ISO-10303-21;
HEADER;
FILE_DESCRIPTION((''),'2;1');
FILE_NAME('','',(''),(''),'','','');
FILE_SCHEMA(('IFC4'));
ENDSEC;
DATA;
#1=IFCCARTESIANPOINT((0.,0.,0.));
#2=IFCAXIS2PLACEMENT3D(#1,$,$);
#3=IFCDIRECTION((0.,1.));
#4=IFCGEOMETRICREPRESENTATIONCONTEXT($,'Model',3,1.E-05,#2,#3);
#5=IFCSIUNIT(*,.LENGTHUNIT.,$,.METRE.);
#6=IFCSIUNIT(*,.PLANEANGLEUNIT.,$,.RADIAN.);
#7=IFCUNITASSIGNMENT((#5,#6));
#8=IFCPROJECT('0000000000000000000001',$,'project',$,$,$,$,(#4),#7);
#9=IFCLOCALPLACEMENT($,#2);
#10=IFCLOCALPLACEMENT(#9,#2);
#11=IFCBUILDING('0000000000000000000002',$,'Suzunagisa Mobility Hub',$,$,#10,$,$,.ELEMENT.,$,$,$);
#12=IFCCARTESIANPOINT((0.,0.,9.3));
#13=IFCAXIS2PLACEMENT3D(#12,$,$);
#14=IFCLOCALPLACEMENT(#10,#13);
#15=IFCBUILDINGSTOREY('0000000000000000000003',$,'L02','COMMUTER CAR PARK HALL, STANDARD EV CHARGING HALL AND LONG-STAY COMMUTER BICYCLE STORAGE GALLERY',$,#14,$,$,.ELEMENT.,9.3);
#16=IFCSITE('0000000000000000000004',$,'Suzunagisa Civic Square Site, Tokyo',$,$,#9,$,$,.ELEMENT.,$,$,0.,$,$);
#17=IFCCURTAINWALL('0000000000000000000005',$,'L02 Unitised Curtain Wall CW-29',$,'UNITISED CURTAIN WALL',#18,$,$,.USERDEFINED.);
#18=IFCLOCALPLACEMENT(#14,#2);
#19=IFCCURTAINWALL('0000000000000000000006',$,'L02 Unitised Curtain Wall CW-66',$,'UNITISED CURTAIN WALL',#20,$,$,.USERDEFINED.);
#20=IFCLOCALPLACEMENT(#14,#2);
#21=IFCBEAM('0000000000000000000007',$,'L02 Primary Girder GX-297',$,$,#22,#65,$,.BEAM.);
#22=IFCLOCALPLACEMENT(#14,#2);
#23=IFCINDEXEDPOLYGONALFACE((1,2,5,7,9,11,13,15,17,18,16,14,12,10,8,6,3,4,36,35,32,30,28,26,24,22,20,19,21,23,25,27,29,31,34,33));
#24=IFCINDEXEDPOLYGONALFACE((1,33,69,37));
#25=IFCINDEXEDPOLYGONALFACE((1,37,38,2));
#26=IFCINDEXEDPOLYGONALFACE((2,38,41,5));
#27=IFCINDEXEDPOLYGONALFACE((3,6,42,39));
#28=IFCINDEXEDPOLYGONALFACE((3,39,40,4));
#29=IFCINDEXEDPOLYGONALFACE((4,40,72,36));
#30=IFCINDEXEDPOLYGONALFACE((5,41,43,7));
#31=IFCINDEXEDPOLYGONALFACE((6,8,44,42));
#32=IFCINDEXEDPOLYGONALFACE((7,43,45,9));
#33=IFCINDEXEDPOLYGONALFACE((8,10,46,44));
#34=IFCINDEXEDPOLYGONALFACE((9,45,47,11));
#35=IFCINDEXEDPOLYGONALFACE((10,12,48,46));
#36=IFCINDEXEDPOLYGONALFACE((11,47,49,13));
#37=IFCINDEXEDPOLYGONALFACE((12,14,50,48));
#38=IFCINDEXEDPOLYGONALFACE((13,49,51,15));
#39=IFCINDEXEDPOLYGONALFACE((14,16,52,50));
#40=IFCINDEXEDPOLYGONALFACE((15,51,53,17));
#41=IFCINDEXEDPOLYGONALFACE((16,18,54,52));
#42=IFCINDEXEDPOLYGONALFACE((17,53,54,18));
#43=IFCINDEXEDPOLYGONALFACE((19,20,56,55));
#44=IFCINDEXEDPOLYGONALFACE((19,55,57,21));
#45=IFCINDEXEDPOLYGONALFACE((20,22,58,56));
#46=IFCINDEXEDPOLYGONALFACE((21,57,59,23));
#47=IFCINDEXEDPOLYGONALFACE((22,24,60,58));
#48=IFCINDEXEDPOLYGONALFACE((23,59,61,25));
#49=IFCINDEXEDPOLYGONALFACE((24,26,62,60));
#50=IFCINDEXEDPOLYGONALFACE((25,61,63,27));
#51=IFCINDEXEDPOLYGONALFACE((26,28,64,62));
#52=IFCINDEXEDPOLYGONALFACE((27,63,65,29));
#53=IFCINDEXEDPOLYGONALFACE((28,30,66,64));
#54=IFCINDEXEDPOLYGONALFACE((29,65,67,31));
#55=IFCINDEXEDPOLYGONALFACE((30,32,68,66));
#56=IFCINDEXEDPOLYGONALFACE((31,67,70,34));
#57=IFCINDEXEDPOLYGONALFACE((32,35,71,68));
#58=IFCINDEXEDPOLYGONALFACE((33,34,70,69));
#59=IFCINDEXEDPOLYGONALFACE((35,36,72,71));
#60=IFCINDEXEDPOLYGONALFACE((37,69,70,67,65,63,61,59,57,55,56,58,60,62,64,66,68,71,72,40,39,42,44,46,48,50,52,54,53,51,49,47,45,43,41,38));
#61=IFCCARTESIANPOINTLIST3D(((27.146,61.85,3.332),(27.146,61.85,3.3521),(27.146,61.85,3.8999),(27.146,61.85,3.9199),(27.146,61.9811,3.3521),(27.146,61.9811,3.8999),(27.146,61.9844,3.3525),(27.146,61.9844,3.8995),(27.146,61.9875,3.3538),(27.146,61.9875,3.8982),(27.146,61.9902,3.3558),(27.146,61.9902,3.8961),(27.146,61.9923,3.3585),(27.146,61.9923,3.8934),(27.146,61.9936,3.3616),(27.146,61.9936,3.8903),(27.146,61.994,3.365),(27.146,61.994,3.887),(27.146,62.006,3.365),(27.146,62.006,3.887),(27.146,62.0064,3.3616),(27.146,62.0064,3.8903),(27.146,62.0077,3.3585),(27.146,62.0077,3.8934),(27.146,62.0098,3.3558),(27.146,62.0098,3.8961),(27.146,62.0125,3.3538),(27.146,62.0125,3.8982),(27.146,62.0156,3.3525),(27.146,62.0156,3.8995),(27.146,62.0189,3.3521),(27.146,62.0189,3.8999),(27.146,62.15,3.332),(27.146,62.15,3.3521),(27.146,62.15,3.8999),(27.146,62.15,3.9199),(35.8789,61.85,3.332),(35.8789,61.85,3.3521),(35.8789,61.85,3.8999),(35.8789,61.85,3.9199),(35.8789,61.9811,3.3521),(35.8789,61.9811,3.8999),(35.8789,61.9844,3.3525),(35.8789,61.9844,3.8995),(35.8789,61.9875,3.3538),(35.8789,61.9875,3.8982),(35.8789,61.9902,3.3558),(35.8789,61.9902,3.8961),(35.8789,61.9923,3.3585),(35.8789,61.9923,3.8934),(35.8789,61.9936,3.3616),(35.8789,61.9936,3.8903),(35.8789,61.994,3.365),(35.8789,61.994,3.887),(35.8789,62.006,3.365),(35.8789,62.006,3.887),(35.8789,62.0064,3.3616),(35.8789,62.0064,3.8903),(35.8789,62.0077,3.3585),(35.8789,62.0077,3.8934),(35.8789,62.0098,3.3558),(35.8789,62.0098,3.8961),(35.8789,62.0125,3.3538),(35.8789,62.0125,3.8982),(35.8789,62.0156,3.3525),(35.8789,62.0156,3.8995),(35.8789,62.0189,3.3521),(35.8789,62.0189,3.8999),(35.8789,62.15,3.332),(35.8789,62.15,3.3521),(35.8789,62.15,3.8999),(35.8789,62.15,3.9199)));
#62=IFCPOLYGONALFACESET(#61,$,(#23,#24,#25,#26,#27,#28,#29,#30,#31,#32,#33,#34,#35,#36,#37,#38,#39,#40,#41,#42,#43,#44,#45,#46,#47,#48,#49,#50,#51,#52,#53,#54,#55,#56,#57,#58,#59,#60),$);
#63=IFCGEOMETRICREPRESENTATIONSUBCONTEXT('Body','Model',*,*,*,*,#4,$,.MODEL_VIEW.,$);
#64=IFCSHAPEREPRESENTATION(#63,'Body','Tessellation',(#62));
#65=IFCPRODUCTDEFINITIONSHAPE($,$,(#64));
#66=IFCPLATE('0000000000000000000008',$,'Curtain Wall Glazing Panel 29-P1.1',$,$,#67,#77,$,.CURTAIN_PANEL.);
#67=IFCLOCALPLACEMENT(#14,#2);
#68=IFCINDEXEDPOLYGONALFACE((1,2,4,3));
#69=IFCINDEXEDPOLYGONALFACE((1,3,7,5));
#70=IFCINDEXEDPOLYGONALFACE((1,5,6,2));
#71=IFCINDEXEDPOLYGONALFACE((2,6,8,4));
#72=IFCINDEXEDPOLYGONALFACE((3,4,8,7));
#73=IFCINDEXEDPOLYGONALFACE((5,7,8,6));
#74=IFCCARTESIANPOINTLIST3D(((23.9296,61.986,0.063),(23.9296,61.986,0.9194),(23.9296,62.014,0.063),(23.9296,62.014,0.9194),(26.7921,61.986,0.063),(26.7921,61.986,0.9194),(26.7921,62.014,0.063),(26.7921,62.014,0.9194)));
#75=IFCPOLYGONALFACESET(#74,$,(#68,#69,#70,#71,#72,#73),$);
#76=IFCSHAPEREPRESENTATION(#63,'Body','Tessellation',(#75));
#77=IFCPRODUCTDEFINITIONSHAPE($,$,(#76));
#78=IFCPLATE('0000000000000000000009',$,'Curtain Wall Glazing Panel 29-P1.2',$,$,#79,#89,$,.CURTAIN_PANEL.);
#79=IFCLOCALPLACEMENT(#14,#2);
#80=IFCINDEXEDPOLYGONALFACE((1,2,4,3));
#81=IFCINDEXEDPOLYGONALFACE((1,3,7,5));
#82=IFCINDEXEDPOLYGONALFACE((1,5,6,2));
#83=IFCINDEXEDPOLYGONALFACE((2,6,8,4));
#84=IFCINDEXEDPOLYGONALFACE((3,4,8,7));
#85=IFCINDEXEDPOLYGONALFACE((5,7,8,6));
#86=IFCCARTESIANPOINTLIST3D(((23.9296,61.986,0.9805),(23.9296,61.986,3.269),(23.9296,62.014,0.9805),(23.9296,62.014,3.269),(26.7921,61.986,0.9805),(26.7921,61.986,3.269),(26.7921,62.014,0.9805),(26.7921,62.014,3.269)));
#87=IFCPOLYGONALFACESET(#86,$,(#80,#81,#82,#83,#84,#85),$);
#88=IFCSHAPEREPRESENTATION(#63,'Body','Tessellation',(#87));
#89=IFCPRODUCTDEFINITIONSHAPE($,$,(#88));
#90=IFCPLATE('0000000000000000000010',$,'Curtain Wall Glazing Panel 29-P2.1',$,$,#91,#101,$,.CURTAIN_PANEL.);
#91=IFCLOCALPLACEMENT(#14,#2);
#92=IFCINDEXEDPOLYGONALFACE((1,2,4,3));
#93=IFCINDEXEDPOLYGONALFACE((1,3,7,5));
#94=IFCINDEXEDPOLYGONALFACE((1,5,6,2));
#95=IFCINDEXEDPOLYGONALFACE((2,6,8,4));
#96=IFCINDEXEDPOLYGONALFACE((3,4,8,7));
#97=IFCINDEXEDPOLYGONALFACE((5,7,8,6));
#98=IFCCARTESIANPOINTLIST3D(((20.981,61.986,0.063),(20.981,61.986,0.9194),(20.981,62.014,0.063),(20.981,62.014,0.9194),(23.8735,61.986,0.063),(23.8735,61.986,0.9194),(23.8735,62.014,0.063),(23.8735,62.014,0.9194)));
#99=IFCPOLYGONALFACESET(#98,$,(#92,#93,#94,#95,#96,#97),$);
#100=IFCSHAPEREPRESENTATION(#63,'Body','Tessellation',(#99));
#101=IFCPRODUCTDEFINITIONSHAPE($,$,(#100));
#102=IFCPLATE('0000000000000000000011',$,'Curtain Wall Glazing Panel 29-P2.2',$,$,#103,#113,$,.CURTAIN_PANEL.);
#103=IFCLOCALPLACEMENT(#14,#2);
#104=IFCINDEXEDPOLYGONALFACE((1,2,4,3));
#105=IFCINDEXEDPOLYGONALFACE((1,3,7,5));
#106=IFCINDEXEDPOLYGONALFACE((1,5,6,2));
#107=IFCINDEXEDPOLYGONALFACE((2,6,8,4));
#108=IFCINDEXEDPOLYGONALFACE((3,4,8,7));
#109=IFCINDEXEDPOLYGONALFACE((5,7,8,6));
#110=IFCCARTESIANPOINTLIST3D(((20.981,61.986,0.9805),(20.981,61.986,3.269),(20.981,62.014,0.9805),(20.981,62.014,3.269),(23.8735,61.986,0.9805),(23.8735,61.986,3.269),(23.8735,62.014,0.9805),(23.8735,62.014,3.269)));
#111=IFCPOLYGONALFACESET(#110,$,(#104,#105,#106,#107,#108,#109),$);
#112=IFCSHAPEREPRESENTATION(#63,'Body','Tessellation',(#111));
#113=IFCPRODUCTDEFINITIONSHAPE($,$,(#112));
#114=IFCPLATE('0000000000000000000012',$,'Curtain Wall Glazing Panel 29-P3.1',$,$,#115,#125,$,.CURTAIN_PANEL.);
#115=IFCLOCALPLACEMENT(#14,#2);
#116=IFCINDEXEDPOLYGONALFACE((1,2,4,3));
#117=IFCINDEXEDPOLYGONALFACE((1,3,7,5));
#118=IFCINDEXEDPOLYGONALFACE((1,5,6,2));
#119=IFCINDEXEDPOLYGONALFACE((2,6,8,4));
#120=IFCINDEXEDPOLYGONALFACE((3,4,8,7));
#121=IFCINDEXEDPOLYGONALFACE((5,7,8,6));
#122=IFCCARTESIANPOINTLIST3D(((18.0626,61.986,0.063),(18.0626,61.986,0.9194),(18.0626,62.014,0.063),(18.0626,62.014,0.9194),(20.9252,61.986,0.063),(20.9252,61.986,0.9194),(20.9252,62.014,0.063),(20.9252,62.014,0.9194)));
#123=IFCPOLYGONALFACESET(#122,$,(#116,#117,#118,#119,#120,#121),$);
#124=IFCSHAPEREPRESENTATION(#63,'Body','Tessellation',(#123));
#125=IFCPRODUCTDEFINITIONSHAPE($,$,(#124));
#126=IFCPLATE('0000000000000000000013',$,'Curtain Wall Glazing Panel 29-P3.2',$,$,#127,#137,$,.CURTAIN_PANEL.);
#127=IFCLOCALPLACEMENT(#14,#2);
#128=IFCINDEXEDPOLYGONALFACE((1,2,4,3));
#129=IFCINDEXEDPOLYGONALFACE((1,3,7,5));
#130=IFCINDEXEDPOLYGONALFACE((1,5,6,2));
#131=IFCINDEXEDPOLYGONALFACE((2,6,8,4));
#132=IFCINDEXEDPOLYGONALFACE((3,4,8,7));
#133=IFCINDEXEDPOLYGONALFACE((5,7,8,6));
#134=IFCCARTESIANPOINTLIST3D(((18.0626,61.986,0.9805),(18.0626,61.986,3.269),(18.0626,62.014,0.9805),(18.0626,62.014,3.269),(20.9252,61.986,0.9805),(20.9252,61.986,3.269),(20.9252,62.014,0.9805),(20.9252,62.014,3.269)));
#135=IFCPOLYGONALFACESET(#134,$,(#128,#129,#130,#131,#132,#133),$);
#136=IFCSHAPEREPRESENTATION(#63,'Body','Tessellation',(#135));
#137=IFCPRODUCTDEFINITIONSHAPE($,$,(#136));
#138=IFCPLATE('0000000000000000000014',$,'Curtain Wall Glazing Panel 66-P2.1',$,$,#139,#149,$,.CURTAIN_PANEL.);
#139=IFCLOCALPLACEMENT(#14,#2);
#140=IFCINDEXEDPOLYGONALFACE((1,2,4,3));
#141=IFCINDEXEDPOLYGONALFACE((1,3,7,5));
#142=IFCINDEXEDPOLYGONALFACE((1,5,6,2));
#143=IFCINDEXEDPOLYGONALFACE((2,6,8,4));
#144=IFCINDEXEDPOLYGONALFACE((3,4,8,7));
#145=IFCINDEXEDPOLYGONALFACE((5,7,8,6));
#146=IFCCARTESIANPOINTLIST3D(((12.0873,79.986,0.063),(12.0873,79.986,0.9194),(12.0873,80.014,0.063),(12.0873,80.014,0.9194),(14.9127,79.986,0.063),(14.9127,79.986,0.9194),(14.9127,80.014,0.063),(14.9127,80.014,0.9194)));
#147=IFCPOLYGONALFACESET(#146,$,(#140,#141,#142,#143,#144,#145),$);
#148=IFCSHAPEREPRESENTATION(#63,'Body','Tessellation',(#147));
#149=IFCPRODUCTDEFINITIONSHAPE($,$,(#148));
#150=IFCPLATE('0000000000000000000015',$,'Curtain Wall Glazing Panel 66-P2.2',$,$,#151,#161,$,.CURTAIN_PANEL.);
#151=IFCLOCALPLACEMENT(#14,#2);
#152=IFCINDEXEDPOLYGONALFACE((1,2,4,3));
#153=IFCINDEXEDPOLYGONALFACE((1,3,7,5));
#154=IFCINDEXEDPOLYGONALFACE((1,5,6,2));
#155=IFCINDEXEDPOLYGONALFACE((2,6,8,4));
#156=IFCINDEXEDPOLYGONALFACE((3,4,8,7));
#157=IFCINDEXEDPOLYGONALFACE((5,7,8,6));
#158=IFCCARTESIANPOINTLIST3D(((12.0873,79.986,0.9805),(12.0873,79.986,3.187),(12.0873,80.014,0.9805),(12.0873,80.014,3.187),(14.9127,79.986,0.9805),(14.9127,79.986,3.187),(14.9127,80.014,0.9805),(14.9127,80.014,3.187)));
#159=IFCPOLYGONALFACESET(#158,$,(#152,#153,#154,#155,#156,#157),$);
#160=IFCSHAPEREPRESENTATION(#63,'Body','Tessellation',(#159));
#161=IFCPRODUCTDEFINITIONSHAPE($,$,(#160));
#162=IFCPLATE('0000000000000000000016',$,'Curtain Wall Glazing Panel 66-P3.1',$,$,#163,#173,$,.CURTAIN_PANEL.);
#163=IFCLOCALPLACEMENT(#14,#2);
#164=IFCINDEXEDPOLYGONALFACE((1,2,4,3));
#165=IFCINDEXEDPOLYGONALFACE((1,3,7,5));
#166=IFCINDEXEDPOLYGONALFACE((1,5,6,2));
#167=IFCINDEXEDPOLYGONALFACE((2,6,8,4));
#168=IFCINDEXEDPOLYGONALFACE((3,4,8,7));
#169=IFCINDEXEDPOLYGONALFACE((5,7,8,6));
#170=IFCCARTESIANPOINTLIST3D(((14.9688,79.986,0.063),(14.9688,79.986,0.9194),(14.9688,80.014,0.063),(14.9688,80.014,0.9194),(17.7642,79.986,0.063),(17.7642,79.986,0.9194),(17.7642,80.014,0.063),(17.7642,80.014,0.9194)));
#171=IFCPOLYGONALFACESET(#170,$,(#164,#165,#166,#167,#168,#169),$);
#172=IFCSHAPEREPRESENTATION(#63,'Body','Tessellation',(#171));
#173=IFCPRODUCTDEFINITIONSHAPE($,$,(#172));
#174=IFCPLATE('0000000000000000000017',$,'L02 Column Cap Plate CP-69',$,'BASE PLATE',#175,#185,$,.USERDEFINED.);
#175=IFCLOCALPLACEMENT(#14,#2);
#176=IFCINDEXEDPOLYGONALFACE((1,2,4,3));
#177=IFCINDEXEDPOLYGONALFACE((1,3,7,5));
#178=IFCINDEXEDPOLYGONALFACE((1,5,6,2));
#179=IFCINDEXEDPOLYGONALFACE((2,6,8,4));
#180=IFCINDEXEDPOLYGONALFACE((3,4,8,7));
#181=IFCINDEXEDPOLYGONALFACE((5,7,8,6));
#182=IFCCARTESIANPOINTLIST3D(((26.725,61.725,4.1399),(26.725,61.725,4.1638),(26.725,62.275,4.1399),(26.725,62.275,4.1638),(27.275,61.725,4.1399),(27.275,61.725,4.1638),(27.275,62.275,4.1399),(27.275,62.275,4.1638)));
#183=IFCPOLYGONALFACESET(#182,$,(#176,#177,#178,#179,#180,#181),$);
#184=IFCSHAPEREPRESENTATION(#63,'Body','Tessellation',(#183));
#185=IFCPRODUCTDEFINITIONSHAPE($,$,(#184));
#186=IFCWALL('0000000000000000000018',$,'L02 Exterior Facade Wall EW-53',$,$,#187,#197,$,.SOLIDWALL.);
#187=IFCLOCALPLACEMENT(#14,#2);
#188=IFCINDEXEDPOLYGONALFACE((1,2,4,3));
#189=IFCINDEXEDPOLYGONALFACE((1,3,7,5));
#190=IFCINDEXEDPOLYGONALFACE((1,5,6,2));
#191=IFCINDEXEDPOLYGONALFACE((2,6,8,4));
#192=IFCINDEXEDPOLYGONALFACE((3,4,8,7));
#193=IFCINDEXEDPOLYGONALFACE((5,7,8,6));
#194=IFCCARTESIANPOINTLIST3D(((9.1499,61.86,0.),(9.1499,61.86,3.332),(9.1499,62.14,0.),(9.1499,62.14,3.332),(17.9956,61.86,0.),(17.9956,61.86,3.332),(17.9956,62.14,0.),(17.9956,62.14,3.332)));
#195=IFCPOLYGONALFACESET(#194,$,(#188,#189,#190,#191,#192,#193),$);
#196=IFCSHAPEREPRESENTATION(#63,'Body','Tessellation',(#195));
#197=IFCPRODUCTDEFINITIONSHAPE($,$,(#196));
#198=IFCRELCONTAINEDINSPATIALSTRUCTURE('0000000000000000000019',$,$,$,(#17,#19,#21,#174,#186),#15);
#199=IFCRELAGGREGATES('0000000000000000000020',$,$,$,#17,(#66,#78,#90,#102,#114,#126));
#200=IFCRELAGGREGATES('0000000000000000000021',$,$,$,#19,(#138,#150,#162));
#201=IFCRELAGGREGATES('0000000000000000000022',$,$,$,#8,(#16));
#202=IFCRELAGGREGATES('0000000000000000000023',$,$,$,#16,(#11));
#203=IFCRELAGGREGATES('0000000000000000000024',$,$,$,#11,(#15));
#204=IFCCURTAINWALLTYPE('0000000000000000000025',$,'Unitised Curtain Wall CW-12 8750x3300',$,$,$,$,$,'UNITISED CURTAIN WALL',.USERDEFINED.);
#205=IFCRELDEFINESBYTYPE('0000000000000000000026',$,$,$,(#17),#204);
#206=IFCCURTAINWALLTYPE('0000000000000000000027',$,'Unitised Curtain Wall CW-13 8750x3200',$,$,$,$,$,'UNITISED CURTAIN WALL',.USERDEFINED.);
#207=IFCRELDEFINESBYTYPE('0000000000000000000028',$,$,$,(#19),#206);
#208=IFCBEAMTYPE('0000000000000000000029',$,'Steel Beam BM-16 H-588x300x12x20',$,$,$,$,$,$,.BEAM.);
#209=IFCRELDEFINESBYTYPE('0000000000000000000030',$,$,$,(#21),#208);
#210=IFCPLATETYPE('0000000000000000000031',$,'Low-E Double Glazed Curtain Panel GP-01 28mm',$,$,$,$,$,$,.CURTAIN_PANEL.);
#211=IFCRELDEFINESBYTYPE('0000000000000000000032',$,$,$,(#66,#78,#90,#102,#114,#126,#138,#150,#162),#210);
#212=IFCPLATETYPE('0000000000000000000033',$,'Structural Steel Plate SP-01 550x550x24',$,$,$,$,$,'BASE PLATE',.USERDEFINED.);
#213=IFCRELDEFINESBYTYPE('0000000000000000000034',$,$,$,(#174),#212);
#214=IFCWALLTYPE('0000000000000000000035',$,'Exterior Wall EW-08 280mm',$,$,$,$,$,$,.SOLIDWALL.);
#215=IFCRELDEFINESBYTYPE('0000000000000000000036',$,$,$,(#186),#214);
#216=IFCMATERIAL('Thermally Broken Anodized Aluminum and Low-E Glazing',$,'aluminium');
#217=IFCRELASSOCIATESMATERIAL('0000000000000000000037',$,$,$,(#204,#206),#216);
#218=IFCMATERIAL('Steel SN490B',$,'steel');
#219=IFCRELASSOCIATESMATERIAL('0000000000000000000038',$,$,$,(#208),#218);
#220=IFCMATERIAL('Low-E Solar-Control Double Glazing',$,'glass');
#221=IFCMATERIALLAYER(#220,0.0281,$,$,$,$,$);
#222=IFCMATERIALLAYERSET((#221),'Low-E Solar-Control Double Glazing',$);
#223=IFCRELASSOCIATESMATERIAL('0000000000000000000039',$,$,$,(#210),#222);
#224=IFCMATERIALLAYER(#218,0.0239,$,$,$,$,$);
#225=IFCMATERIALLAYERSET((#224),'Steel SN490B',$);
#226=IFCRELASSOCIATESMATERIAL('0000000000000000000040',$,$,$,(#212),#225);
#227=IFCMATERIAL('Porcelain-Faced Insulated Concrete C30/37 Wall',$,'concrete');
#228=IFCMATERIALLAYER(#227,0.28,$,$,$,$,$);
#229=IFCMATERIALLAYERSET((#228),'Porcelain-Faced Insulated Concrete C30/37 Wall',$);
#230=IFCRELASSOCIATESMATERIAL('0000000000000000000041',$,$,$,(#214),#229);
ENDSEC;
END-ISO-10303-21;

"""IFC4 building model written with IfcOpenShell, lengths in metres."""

from ifc_helpers import new_model, si_unit, direction, frame, frame_2d, origin, origin_2d, place, context, subcontext, project, spatial, rectangle, i_section, extrude, material, layer, layer_set, material_profile, profile_set, type_object, element, aggregate, save


model = new_model("IFC4")

# Units and contexts
model_context = context("Model", 3, precision=1e-05, world=origin(), true_north=direction((0.0, 1.0)))
body_context = subcontext(model_context, "Body", "Model", "MODEL_VIEW")
ifc_project = project(units=[si_unit("LENGTHUNIT", "METRE"), si_unit("PLANEANGLEUNIT", "RADIAN")], contexts=[model_context])

# Site, building, storey
site_placement = place(None, origin())
site = spatial("IfcSite", under=ifc_project, at=site_placement, Name="Suzunagisa Civic Square Site, Tokyo", CompositionType="ELEMENT", RefElevation=0.0)
building_placement = place(site_placement, origin())
building = spatial("IfcBuilding", under=site, at=building_placement, Name="Suzunagisa Mobility Hub", CompositionType="ELEMENT")
storey_placement = place(building_placement, frame((0.0, 0.0, 9.3)))
storey = spatial("IfcBuildingStorey", under=building, at=storey_placement, Name="L02", Description="COMMUTER CAR PARK HALL, STANDARD EV CHARGING HALL AND LONG-STAY COMMUTER BICYCLE STORAGE GALLERY", CompositionType="ELEMENT", Elevation=9.3)

# Shared definitions
ifc_material_1 = material(Name="Steel SN490B", Category="steel")

# Curtain walls
ifc_material_2 = material(Name="Thermally Broken Anodized Aluminum and Low-E Glazing", Category="aluminium")
curtain_wall_type_1 = type_object("IfcCurtainWallType", Name="Unitised Curtain Wall CW-12 8750x3300", ElementType="UNITISED CURTAIN WALL", PredefinedType="USERDEFINED", material=ifc_material_2)
curtain_wall_1_placement = place(storey_placement, origin())
curtain_wall_1 = element("IfcCurtainWall", 1, at=curtain_wall_1_placement, inside=storey, type_object=curtain_wall_type_1, Name="L02 Unitised Curtain Wall CW-29", ObjectType="UNITISED CURTAIN WALL", PredefinedType="USERDEFINED")
curtain_wall_type_2 = type_object("IfcCurtainWallType", Name="Unitised Curtain Wall CW-13 8750x3200", ElementType="UNITISED CURTAIN WALL", PredefinedType="USERDEFINED", material=ifc_material_2)
curtain_wall_2_placement = place(storey_placement, origin())
curtain_wall_2 = element("IfcCurtainWall", 2, at=curtain_wall_2_placement, inside=storey, type_object=curtain_wall_type_2, Name="L02 Unitised Curtain Wall CW-66", ObjectType="UNITISED CURTAIN WALL", PredefinedType="USERDEFINED")

# Beam
ifc_material_profile_1 = material_profile(ifc_material_1, i_section(OverallWidth=0.3, OverallDepth=0.5879, WebThickness=0.012, FlangeThickness=0.02, FilletRadius=0.0129, at=origin_2d()), Name="H-588x300x12x20")
ifc_profile_set_1 = profile_set([ifc_material_profile_1], Name="Steel SN490B")
beam_type = type_object("IfcBeamType", Name="Steel Beam BM-16 H-588x300x12x20", PredefinedType="BEAM", material=ifc_profile_set_1)
for number, where, z_axis, x_axis, name in (
    (3, (27.146, 62.0, 3.626), (1.0, 0.0, 0.0), (0.0, 1.0, 0.0), "L02 Primary Girder GX-297"),
):
    element("IfcBeam", number, at=place(storey_placement, frame(where, z_axis=z_axis, x_axis=x_axis)), inside=storey, type_object=beam_type, Name=name, PredefinedType="BEAM", context=body_context, shape_type="SweptSolid", body=[
        extrude(i_section(OverallWidth=0.3, OverallDepth=0.5879, WebThickness=0.012, FlangeThickness=0.02, FilletRadius=0.0129, at=origin_2d()), origin(), (0.0, 0.0, 1.0), 8.7329),
    ])

# Plates
ifc_material_3 = material(Name="Low-E Solar-Control Double Glazing", Category="glass")
ifc_layer_1 = layer(ifc_material_3, 0.0281)
ifc_layer_set_1 = layer_set([ifc_layer_1], Name="Low-E Solar-Control Double Glazing")
plate_type_1 = type_object("IfcPlateType", Name="Low-E Double Glazed Curtain Panel GP-01 28mm", PredefinedType="CURTAIN_PANEL", material=ifc_layer_set_1)
plate_1_placement = place(storey_placement, frame((25.3608, 62.0, 0.063), z_axis=(0.0, 0.0, 1.0), x_axis=(-1.0, 0.0, 0.0)))
plate_1 = element("IfcPlate", 4, at=plate_1_placement, type_object=plate_type_1, Name="Curtain Wall Glazing Panel 29-P1.1", PredefinedType="CURTAIN_PANEL", context=body_context, shape_type="SweptSolid", body=[
    extrude(rectangle(XDim=2.8625, YDim=0.0281, at=origin_2d()), origin(), (0.0, 0.0, 1.0), 0.8564),
])
plate_2_placement = place(storey_placement, frame((25.3608, 62.0, 0.9805), z_axis=(0.0, 0.0, 1.0), x_axis=(-1.0, 0.0, 0.0)))
plate_2 = element("IfcPlate", 5, at=plate_2_placement, type_object=plate_type_1, Name="Curtain Wall Glazing Panel 29-P1.2", PredefinedType="CURTAIN_PANEL", context=body_context, shape_type="SweptSolid", body=[
    extrude(rectangle(XDim=2.8625, YDim=0.0281, at=origin_2d()), origin(), (0.0, 0.0, 1.0), 2.2886),
])
plate_3_placement = place(storey_placement, frame((22.4272, 62.0, 0.063), z_axis=(0.0, 0.0, 1.0), x_axis=(-1.0, 0.0, 0.0)))
plate_3 = element("IfcPlate", 6, at=plate_3_placement, type_object=plate_type_1, Name="Curtain Wall Glazing Panel 29-P2.1", PredefinedType="CURTAIN_PANEL", context=body_context, shape_type="SweptSolid", body=[
    extrude(rectangle(XDim=2.8926, YDim=0.0281, at=origin_2d()), origin(), (0.0, 0.0, 1.0), 0.8564),
])
plate_4_placement = place(storey_placement, frame((22.4272, 62.0, 0.9805), z_axis=(0.0, 0.0, 1.0), x_axis=(-1.0, 0.0, 0.0)))
plate_4 = element("IfcPlate", 7, at=plate_4_placement, type_object=plate_type_1, Name="Curtain Wall Glazing Panel 29-P2.2", PredefinedType="CURTAIN_PANEL", context=body_context, shape_type="SweptSolid", body=[
    extrude(rectangle(XDim=2.8926, YDim=0.0281, at=origin_2d()), origin(), (0.0, 0.0, 1.0), 2.2886),
])
plate_5_placement = place(storey_placement, frame((19.4939, 62.0, 0.063), z_axis=(0.0, 0.0, 1.0), x_axis=(-1.0, 0.0, 0.0)))
plate_5 = element("IfcPlate", 8, at=plate_5_placement, type_object=plate_type_1, Name="Curtain Wall Glazing Panel 29-P3.1", PredefinedType="CURTAIN_PANEL", context=body_context, shape_type="SweptSolid", body=[
    extrude(rectangle(XDim=2.8625, YDim=0.0281, at=origin_2d()), origin(), (0.0, 0.0, 1.0), 0.8564),
])
plate_6_placement = place(storey_placement, frame((19.4939, 62.0, 0.9805), z_axis=(0.0, 0.0, 1.0), x_axis=(-1.0, 0.0, 0.0)))
plate_6 = element("IfcPlate", 9, at=plate_6_placement, type_object=plate_type_1, Name="Curtain Wall Glazing Panel 29-P3.2", PredefinedType="CURTAIN_PANEL", context=body_context, shape_type="SweptSolid", body=[
    extrude(rectangle(XDim=2.8625, YDim=0.0281, at=origin_2d()), origin(), (0.0, 0.0, 1.0), 2.2886),
])
aggregate(curtain_wall_1, [plate_1, plate_2, plate_3, plate_4, plate_5, plate_6])
plate_7_placement = place(storey_placement, frame((13.5, 80.0, 0.063), z_axis=(0.0, 0.0, 1.0), x_axis=(1.0, 0.0, 0.0)))
plate_7 = element("IfcPlate", 10, at=plate_7_placement, type_object=plate_type_1, Name="Curtain Wall Glazing Panel 66-P2.1", PredefinedType="CURTAIN_PANEL", context=body_context, shape_type="SweptSolid", body=[
    extrude(rectangle(XDim=2.8254, YDim=0.0281, at=origin_2d()), origin(), (0.0, 0.0, 1.0), 0.8564),
])
plate_8_placement = place(storey_placement, frame((13.5, 80.0, 0.9805), z_axis=(0.0, 0.0, 1.0), x_axis=(1.0, 0.0, 0.0)))
plate_8 = element("IfcPlate", 11, at=plate_8_placement, type_object=plate_type_1, Name="Curtain Wall Glazing Panel 66-P2.2", PredefinedType="CURTAIN_PANEL", context=body_context, shape_type="SweptSolid", body=[
    extrude(rectangle(XDim=2.8254, YDim=0.0281, at=origin_2d()), origin(), (0.0, 0.0, 1.0), 2.2065),
])
plate_9_placement = place(storey_placement, frame((16.3665, 80.0, 0.063), z_axis=(0.0, 0.0, 1.0), x_axis=(1.0, 0.0, 0.0)))
plate_9 = element("IfcPlate", 12, at=plate_9_placement, type_object=plate_type_1, Name="Curtain Wall Glazing Panel 66-P3.1", PredefinedType="CURTAIN_PANEL", context=body_context, shape_type="SweptSolid", body=[
    extrude(rectangle(XDim=2.7954, YDim=0.0281, at=origin_2d()), origin(), (0.0, 0.0, 1.0), 0.8564),
])
aggregate(curtain_wall_2, [plate_7, plate_8, plate_9])
ifc_layer_2 = layer(ifc_material_1, 0.0239)
ifc_layer_set_2 = layer_set([ifc_layer_2], Name="Steel SN490B")
plate_type_2 = type_object("IfcPlateType", Name="Structural Steel Plate SP-01 550x550x24", ElementType="BASE PLATE", PredefinedType="USERDEFINED", material=ifc_layer_set_2)
plate_10_placement = place(storey_placement, frame((27.0, 62.0, 4.1399), z_axis=(0.0, 0.0, 1.0), x_axis=(1.0, 0.0, 0.0)))
element("IfcPlate", 13, at=plate_10_placement, inside=storey, type_object=plate_type_2, Name="L02 Column Cap Plate CP-69", ObjectType="BASE PLATE", PredefinedType="USERDEFINED", context=body_context, shape_type="SweptSolid", body=[
    extrude(rectangle(XDim=0.55, YDim=0.55, at=origin_2d()), origin(), (0.0, 0.0, 1.0), 0.0239),
])

# Wall
ifc_material_4 = material(Name="Porcelain-Faced Insulated Concrete C30/37 Wall", Category="concrete")
ifc_layer_3 = layer(ifc_material_4, 0.28)
ifc_layer_set_3 = layer_set([ifc_layer_3], Name="Porcelain-Faced Insulated Concrete C30/37 Wall")
wall_type_1 = type_object("IfcWallType", Name="Exterior Wall EW-08 280mm", PredefinedType="SOLIDWALL", material=ifc_layer_set_3)
wall_1_placement = place(storey_placement, frame((17.9956, 62.0, 0.0), z_axis=(0.0, 0.0, 1.0), x_axis=(-1.0, 0.0, 0.0)))
element("IfcWall", 14, at=wall_1_placement, inside=storey, type_object=wall_type_1, Name="L02 Exterior Facade Wall EW-53", PredefinedType="SOLIDWALL", context=body_context, shape_type="SweptSolid", body=[
    extrude(rectangle(XDim=8.8457, YDim=0.28, at=frame_2d((4.4229, 0.0))), origin(), (0.0, 0.0, 1.0), 3.332),
])

save(model, "model.ifc")
